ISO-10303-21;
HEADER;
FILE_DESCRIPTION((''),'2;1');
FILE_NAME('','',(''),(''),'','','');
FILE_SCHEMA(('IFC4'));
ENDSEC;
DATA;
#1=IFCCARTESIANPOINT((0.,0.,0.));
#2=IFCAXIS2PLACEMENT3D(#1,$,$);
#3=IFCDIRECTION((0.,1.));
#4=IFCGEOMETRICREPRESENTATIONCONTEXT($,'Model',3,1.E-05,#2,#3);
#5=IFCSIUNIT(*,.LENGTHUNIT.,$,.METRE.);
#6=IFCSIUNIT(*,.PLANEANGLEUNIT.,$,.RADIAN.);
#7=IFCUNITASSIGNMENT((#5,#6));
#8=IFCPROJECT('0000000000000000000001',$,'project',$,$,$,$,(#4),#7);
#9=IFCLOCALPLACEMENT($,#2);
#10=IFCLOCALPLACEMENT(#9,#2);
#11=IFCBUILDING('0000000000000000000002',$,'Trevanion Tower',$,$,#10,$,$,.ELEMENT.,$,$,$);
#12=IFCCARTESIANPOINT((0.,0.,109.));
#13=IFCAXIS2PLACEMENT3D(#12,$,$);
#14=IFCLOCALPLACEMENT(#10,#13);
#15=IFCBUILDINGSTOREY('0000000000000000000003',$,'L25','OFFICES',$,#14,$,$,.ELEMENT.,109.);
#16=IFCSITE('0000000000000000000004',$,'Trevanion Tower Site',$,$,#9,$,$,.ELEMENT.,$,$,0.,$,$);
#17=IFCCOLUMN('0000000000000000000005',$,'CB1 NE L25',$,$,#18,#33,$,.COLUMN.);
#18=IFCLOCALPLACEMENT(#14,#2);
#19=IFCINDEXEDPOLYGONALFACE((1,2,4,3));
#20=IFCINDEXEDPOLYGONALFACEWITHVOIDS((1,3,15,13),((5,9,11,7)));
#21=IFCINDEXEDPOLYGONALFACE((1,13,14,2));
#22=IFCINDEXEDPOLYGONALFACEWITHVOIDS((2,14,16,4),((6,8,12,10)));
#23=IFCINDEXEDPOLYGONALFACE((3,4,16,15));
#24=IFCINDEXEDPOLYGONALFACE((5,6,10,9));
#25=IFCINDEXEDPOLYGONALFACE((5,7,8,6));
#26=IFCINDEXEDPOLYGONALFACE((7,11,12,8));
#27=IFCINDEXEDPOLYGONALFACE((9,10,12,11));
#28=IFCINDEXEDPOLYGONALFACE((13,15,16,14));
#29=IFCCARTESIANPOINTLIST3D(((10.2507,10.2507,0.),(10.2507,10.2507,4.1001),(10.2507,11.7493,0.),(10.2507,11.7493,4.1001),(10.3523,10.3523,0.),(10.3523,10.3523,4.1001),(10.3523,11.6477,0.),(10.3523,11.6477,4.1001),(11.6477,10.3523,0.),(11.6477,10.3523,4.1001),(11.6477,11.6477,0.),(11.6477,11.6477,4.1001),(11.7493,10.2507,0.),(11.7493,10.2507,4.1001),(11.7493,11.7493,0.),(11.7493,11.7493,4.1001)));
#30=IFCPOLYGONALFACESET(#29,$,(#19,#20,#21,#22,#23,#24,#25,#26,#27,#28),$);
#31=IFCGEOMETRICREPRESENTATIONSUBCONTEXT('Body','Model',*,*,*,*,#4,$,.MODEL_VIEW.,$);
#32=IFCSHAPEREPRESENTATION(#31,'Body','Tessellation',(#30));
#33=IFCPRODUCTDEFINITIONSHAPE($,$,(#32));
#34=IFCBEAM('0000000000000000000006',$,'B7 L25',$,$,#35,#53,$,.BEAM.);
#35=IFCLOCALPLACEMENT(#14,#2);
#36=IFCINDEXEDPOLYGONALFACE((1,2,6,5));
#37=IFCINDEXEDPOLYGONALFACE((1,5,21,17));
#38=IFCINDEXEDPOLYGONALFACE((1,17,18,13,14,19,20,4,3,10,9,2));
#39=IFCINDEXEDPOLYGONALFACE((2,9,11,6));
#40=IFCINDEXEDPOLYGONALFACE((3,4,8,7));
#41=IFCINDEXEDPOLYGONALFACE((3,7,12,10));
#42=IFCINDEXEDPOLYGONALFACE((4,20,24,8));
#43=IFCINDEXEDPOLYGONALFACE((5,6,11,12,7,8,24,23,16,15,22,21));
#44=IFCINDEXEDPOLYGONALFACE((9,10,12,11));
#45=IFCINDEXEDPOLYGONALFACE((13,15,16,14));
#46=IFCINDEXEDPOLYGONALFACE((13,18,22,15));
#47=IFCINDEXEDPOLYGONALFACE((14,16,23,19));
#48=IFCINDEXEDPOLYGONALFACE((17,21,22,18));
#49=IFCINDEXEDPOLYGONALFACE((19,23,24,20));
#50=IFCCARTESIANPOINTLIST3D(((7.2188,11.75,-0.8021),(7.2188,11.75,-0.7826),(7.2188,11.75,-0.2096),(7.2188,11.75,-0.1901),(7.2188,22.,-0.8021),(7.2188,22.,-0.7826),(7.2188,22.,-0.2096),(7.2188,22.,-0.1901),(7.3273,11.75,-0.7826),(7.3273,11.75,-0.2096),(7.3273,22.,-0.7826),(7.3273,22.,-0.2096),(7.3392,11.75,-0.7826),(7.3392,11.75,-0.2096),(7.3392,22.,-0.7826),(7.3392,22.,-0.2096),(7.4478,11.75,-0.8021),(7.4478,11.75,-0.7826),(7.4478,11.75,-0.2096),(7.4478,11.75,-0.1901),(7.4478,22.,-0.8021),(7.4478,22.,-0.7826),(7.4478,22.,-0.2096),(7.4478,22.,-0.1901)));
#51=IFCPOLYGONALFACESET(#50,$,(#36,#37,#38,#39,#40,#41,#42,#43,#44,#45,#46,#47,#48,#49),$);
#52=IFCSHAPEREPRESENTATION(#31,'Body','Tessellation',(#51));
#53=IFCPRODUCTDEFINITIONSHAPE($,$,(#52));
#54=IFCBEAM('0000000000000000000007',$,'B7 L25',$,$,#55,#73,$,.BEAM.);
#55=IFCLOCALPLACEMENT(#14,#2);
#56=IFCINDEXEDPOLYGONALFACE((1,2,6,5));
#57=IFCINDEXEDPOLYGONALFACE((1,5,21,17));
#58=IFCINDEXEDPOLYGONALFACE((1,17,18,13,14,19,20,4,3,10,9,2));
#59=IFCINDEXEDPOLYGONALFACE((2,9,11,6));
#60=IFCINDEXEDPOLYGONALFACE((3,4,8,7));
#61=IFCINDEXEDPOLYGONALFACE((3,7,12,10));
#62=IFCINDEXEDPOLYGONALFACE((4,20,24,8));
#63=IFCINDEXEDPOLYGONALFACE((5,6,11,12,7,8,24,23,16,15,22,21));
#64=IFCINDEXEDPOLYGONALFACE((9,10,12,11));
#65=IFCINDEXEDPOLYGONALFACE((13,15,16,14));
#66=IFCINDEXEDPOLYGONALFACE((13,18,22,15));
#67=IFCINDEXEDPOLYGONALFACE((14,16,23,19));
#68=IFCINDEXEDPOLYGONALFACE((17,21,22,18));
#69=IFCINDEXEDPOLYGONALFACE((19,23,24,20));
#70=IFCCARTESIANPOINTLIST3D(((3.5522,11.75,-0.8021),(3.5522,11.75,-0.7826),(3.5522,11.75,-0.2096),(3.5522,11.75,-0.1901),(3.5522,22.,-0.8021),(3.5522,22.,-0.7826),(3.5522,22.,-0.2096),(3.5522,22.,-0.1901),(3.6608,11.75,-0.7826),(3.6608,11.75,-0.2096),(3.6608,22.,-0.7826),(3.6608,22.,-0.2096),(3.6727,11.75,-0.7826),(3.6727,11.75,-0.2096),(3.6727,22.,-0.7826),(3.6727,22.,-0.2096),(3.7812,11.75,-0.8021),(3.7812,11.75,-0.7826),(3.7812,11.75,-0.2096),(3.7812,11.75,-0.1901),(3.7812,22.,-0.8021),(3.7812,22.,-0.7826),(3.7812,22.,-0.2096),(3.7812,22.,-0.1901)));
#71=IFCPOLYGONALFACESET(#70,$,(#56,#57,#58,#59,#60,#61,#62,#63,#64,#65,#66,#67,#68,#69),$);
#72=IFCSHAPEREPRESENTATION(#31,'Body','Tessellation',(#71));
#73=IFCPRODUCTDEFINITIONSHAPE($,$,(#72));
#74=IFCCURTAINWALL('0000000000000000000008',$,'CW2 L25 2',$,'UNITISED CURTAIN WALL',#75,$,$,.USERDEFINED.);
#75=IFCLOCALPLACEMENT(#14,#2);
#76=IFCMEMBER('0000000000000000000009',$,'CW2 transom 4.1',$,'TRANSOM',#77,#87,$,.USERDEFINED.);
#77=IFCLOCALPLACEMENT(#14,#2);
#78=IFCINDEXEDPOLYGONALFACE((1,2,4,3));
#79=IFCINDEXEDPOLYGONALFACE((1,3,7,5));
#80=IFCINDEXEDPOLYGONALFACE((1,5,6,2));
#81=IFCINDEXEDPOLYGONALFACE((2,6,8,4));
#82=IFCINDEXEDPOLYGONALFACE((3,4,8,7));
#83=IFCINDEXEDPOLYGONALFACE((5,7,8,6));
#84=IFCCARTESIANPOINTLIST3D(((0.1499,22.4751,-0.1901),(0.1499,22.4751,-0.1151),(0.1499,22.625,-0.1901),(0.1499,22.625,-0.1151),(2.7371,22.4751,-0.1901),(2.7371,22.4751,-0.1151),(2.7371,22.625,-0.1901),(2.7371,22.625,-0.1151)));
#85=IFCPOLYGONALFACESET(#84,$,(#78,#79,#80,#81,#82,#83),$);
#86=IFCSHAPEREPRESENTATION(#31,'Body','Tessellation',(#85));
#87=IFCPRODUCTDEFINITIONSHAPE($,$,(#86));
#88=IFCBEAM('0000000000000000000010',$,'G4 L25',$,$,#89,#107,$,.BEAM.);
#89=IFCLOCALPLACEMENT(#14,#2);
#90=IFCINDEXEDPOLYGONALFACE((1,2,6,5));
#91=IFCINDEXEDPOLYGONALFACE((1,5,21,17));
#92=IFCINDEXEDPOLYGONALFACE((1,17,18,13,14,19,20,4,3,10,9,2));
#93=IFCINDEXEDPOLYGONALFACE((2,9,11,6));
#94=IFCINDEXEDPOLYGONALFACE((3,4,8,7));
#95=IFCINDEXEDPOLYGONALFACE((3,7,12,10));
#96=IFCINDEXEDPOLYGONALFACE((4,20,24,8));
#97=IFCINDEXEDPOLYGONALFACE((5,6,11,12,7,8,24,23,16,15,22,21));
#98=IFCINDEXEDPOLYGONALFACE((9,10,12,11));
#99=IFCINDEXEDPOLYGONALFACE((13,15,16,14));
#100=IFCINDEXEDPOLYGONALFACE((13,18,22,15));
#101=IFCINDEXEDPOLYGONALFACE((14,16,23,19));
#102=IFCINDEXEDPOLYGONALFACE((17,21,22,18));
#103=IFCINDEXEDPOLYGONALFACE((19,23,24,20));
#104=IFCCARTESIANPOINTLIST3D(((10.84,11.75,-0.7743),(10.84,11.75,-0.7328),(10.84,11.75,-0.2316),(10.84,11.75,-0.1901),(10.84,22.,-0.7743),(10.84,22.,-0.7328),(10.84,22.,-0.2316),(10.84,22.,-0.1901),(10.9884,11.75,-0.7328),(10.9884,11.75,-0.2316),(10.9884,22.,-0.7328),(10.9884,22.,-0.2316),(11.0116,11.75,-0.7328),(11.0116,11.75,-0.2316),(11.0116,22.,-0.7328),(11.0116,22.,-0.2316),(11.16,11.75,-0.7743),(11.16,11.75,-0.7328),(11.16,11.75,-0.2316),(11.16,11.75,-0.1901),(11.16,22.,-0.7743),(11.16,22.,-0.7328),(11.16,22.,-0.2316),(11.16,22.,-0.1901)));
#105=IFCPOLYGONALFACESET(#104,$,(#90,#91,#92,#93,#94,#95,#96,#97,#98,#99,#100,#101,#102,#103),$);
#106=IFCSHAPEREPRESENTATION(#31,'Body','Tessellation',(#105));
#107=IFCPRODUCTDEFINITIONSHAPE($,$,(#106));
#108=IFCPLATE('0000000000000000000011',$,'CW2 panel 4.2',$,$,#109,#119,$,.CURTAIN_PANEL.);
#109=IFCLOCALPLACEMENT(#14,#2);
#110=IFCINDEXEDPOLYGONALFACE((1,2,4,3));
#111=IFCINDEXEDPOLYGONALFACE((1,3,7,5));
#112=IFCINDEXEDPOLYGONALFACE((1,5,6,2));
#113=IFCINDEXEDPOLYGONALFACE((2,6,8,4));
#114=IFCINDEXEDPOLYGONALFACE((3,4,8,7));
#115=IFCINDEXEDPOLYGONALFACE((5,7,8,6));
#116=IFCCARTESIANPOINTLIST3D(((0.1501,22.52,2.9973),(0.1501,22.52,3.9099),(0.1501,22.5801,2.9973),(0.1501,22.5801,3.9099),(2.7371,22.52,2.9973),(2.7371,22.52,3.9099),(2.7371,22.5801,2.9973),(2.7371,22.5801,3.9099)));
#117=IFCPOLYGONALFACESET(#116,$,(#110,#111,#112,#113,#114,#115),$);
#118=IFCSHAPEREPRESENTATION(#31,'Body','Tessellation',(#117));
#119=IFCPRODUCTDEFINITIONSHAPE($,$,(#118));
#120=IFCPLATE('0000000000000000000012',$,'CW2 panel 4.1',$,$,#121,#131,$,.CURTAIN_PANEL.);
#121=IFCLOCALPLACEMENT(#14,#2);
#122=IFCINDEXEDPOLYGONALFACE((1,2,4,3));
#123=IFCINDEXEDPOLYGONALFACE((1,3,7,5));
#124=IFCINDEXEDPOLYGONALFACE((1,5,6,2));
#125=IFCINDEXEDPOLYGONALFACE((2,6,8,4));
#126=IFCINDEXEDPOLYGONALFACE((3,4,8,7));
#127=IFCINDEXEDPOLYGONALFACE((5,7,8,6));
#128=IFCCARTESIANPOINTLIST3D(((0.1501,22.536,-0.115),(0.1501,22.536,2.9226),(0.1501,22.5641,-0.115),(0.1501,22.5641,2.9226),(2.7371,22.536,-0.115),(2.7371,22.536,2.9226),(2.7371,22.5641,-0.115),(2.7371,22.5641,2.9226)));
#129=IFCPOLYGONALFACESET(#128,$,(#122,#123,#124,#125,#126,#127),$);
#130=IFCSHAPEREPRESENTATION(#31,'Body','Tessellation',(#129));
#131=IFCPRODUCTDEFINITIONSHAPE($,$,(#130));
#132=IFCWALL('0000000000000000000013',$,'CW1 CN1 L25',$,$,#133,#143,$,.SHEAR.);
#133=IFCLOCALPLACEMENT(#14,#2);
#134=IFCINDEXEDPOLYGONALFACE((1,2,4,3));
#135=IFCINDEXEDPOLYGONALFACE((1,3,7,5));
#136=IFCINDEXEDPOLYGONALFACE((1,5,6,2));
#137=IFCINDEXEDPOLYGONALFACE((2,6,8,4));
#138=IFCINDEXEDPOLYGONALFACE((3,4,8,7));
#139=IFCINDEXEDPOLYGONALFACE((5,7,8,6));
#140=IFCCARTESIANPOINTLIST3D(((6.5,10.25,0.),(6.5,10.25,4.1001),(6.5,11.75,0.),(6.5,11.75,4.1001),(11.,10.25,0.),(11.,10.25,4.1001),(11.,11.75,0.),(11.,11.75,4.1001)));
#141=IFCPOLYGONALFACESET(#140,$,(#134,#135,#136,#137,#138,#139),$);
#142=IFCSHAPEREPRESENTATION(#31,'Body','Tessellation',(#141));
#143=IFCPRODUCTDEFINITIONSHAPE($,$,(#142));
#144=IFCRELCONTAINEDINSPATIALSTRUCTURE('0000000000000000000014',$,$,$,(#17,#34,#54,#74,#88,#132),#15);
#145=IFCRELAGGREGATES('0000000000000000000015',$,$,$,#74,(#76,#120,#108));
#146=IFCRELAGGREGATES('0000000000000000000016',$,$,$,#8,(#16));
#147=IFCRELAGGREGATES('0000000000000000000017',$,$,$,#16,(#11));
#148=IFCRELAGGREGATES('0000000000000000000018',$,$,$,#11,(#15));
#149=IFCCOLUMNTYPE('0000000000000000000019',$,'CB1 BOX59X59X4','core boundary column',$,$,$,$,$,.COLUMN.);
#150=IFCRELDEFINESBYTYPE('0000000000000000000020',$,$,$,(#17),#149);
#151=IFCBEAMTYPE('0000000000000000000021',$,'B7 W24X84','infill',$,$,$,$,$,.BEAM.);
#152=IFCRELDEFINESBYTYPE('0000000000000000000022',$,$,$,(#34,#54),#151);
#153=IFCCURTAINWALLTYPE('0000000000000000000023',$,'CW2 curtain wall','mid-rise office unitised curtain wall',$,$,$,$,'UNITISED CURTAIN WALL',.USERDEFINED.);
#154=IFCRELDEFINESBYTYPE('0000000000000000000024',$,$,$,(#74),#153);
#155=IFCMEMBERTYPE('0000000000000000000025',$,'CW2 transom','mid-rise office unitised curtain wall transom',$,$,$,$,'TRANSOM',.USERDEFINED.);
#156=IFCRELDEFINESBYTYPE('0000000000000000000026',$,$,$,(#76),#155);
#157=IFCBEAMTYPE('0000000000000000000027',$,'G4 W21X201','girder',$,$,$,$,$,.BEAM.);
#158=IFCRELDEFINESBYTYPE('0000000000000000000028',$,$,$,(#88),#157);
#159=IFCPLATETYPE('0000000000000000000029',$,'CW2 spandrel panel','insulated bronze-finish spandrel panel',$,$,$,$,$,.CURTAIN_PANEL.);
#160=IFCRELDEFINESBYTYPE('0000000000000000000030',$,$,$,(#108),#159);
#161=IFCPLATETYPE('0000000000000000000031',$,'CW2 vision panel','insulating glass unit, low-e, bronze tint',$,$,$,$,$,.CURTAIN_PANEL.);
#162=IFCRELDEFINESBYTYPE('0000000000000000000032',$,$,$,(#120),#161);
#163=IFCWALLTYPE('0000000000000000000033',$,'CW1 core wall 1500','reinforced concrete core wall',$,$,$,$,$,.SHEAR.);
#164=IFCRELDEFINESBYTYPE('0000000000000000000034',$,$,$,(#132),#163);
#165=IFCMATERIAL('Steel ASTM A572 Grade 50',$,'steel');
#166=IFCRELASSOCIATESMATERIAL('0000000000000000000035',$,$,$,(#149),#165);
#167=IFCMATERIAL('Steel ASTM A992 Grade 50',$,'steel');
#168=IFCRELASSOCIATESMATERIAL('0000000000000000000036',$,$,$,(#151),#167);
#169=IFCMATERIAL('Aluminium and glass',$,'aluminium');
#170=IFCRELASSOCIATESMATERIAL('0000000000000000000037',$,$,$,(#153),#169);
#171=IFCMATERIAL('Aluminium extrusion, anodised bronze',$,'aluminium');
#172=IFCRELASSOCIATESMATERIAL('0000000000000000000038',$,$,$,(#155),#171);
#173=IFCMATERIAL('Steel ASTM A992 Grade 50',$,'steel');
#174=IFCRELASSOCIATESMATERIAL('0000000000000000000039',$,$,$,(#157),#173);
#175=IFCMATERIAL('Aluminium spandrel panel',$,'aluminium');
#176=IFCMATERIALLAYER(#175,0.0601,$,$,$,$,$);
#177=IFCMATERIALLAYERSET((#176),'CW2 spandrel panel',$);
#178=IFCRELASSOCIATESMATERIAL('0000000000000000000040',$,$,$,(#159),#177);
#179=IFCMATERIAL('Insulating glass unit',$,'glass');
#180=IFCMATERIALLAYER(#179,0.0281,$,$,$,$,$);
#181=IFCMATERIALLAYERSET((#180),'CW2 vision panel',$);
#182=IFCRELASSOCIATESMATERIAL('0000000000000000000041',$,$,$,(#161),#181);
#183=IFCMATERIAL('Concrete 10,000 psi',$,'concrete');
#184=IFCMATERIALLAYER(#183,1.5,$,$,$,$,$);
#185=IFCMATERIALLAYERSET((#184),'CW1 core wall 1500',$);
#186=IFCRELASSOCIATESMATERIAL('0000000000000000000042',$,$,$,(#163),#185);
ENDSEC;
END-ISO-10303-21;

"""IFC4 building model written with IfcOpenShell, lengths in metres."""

from ifc_helpers import new_model, si_unit, direction, frame, frame_2d, origin, origin_2d, place, context, subcontext, project, spatial, rectangle, hollow_rectangle, i_section, extrude, material, layer, layer_set, material_profile, profile_set, type_object, element, aggregate, save


model = new_model("IFC4")

# Units and contexts
model_context = context("Model", 3, precision=1e-05, world=origin(), true_north=direction((0.0, 1.0)))
body_context = subcontext(model_context, "Body", "Model", "MODEL_VIEW")
ifc_project = project(units=[si_unit("LENGTHUNIT", "METRE"), si_unit("PLANEANGLEUNIT", "RADIAN")], contexts=[model_context])

# Site, building, storey
site_placement = place(None, origin())
site = spatial("IfcSite", under=ifc_project, at=site_placement, Name="Trevanion Tower Site", CompositionType="ELEMENT", RefElevation=0.0)
building_placement = place(site_placement, origin())
building = spatial("IfcBuilding", under=site, at=building_placement, Name="Trevanion Tower", CompositionType="ELEMENT")
storey_placement = place(building_placement, frame((0.0, 0.0, 109.0)))
storey = spatial("IfcBuildingStorey", under=building, at=storey_placement, Name="L25", Description="OFFICES", CompositionType="ELEMENT", Elevation=109.0)

# Column
ifc_material_1 = material(Name="Steel ASTM A572 Grade 50", Category="steel")
ifc_material_profile_1 = material_profile(ifc_material_1, hollow_rectangle(XDim=1.4985, YDim=1.4985, WallThickness=0.1016, at=origin_2d()), Name="BOX59X59X4")
ifc_profile_set_1 = profile_set([ifc_material_profile_1], Name="Steel ASTM A572 Grade 50")
column_type = type_object("IfcColumnType", Name="CB1 BOX59X59X4", Description="core boundary column", PredefinedType="COLUMN", material=ifc_profile_set_1)
column_placement = place(storey_placement, frame((11.0, 11.0, 0.0), z_axis=(0.0, 0.0, 1.0), x_axis=(1.0, 0.0, 0.0)))
element("IfcColumn", 1, at=column_placement, inside=storey, type_object=column_type, Name="CB1 NE L25", PredefinedType="COLUMN", context=body_context, shape_type="SweptSolid", body=[
    extrude(hollow_rectangle(XDim=1.4985, YDim=1.4985, WallThickness=0.1016, at=origin_2d()), origin(), (0.0, 0.0, 1.0), 4.1001),
])

# Beams
ifc_material_2 = material(Name="Steel ASTM A992 Grade 50", Category="steel")
ifc_material_profile_2 = material_profile(ifc_material_2, i_section(OverallWidth=0.229, OverallDepth=0.6121, WebThickness=0.012, FlangeThickness=0.0195, at=origin_2d()), Name="W24X84")
ifc_profile_set_2 = profile_set([ifc_material_profile_2], Name="Steel ASTM A992 Grade 50")
beam_type_1 = type_object("IfcBeamType", Name="B7 W24X84", Description="infill", PredefinedType="BEAM", material=ifc_profile_set_2)
for number, where, z_axis, x_axis, name in (
    (2, (7.3333, 11.75, -0.4961), (0.0, 1.0, 0.0), (-1.0, 0.0, 0.0), "B7 L25"),
    (3, (3.6667, 11.75, -0.4961), (0.0, 1.0, 0.0), (-1.0, 0.0, 0.0), "B7 L25"),
):
    element("IfcBeam", number, at=place(storey_placement, frame(where, z_axis=z_axis, x_axis=x_axis)), inside=storey, type_object=beam_type_1, Name=name, PredefinedType="BEAM", context=body_context, shape_type="SweptSolid", body=[
        extrude(i_section(OverallWidth=0.229, OverallDepth=0.6121, WebThickness=0.012, FlangeThickness=0.0195, at=origin_2d()), origin(), (0.0, 0.0, 1.0), 10.25),
    ])

# Curtain wall, member
ifc_material_3 = material(Name="Aluminium and glass", Category="aluminium")
curtain_wall_type = type_object("IfcCurtainWallType", Name="CW2 curtain wall", Description="mid-rise office unitised curtain wall", ElementType="UNITISED CURTAIN WALL", PredefinedType="USERDEFINED", material=ifc_material_3)
curtain_wall_placement = place(storey_placement, origin())
curtain_wall = element("IfcCurtainWall", 4, at=curtain_wall_placement, inside=storey, type_object=curtain_wall_type, Name="CW2 L25 2", ObjectType="UNITISED CURTAIN WALL", PredefinedType="USERDEFINED")
ifc_material_4 = material(Name="Aluminium extrusion, anodised bronze", Category="aluminium")
ifc_material_profile_3 = material_profile(ifc_material_4, rectangle(XDim=0.1499, YDim=0.075, at=origin_2d()), Name="CW2 transom")
ifc_profile_set_3 = profile_set([ifc_material_profile_3], Name="Aluminium extrusion, anodised bronze")
member_type = type_object("IfcMemberType", Name="CW2 transom", Description="mid-rise office unitised curtain wall transom", ElementType="TRANSOM", PredefinedType="USERDEFINED", material=ifc_profile_set_3)
member_placement = place(storey_placement, frame((2.7371, 22.55, -0.1526), z_axis=(-1.0, 0.0, 0.0), x_axis=(0.0, -1.0, 0.0)))
member = element("IfcMember", 5, at=member_placement, type_object=member_type, Name="CW2 transom 4.1", ObjectType="TRANSOM", PredefinedType="USERDEFINED", context=body_context, shape_type="SweptSolid", body=[
    extrude(rectangle(XDim=0.1499, YDim=0.075, at=origin_2d()), origin(), (0.0, 0.0, 1.0), 2.5872),
])

# Beam
ifc_material_5 = material(Name="Steel ASTM A992 Grade 50", Category="steel")
ifc_material_profile_4 = material_profile(ifc_material_5, i_section(OverallWidth=0.3201, OverallDepth=0.5842, WebThickness=0.0232, FlangeThickness=0.0415, at=origin_2d()), Name="W21X201")
ifc_profile_set_4 = profile_set([ifc_material_profile_4], Name="Steel ASTM A992 Grade 50")
beam_type_2 = type_object("IfcBeamType", Name="G4 W21X201", Description="girder", PredefinedType="BEAM", material=ifc_profile_set_4)
beam_placement = place(storey_placement, frame((11.0, 11.75, -0.4822), z_axis=(0.0, 1.0, 0.0), x_axis=(-1.0, 0.0, 0.0)))
element("IfcBeam", 6, at=beam_placement, inside=storey, type_object=beam_type_2, Name="G4 L25", PredefinedType="BEAM", context=body_context, shape_type="SweptSolid", body=[
    extrude(i_section(OverallWidth=0.3201, OverallDepth=0.5842, WebThickness=0.0232, FlangeThickness=0.0415, at=origin_2d()), origin(), (0.0, 0.0, 1.0), 10.25),
])

# Plates
ifc_material_6 = material(Name="Aluminium spandrel panel", Category="aluminium")
ifc_layer_1 = layer(ifc_material_6, 0.0601)
ifc_layer_set_1 = layer_set([ifc_layer_1], Name="CW2 spandrel panel")
plate_type_1 = type_object("IfcPlateType", Name="CW2 spandrel panel", Description="insulated bronze-finish spandrel panel", PredefinedType="CURTAIN_PANEL", material=ifc_layer_set_1)
plate_1_placement = place(storey_placement, frame((1.4436, 22.55, 2.9973), z_axis=(0.0, 0.0, 1.0), x_axis=(-1.0, 0.0, 0.0)))
plate_1 = element("IfcPlate", 7, at=plate_1_placement, type_object=plate_type_1, Name="CW2 panel 4.2", PredefinedType="CURTAIN_PANEL", context=body_context, shape_type="SweptSolid", body=[
    extrude(rectangle(XDim=2.5869, YDim=0.0601, at=origin_2d()), origin(), (0.0, 0.0, 1.0), 0.9126),
])
ifc_material_7 = material(Name="Insulating glass unit", Category="glass")
ifc_layer_2 = layer(ifc_material_7, 0.0281)
ifc_layer_set_2 = layer_set([ifc_layer_2], Name="CW2 vision panel")
plate_type_2 = type_object("IfcPlateType", Name="CW2 vision panel", Description="insulating glass unit, low-e, bronze tint", PredefinedType="CURTAIN_PANEL", material=ifc_layer_set_2)
plate_2_placement = place(storey_placement, frame((1.4436, 22.55, -0.115), z_axis=(0.0, 0.0, 1.0), x_axis=(-1.0, 0.0, 0.0)))
plate_2 = element("IfcPlate", 8, at=plate_2_placement, type_object=plate_type_2, Name="CW2 panel 4.1", PredefinedType="CURTAIN_PANEL", context=body_context, shape_type="SweptSolid", body=[
    extrude(rectangle(XDim=2.5869, YDim=0.0281, at=origin_2d()), origin(), (0.0, 0.0, 1.0), 3.0376),
])
aggregate(curtain_wall, [member, plate_2, plate_1])

# Wall
ifc_material_8 = material(Name="Concrete 10,000 psi", Category="concrete")
ifc_layer_3 = layer(ifc_material_8, 1.5)
ifc_layer_set_3 = layer_set([ifc_layer_3], Name="CW1 core wall 1500")
wall_type_1 = type_object("IfcWallType", Name="CW1 core wall 1500", Description="reinforced concrete core wall", PredefinedType="SHEAR", material=ifc_layer_set_3)
wall_1_placement = place(storey_placement, frame((11.0, 11.0, 0.0), z_axis=(0.0, 0.0, 1.0), x_axis=(-1.0, 0.0, 0.0)))
element("IfcWall", 9, at=wall_1_placement, inside=storey, type_object=wall_type_1, Name="CW1 CN1 L25", PredefinedType="SHEAR", context=body_context, shape_type="SweptSolid", body=[
    extrude(rectangle(XDim=4.5, YDim=1.5, at=frame_2d((2.25, 0.0))), origin(), (0.0, 0.0, 1.0), 4.1001),
])

save(model, "model.ifc")
